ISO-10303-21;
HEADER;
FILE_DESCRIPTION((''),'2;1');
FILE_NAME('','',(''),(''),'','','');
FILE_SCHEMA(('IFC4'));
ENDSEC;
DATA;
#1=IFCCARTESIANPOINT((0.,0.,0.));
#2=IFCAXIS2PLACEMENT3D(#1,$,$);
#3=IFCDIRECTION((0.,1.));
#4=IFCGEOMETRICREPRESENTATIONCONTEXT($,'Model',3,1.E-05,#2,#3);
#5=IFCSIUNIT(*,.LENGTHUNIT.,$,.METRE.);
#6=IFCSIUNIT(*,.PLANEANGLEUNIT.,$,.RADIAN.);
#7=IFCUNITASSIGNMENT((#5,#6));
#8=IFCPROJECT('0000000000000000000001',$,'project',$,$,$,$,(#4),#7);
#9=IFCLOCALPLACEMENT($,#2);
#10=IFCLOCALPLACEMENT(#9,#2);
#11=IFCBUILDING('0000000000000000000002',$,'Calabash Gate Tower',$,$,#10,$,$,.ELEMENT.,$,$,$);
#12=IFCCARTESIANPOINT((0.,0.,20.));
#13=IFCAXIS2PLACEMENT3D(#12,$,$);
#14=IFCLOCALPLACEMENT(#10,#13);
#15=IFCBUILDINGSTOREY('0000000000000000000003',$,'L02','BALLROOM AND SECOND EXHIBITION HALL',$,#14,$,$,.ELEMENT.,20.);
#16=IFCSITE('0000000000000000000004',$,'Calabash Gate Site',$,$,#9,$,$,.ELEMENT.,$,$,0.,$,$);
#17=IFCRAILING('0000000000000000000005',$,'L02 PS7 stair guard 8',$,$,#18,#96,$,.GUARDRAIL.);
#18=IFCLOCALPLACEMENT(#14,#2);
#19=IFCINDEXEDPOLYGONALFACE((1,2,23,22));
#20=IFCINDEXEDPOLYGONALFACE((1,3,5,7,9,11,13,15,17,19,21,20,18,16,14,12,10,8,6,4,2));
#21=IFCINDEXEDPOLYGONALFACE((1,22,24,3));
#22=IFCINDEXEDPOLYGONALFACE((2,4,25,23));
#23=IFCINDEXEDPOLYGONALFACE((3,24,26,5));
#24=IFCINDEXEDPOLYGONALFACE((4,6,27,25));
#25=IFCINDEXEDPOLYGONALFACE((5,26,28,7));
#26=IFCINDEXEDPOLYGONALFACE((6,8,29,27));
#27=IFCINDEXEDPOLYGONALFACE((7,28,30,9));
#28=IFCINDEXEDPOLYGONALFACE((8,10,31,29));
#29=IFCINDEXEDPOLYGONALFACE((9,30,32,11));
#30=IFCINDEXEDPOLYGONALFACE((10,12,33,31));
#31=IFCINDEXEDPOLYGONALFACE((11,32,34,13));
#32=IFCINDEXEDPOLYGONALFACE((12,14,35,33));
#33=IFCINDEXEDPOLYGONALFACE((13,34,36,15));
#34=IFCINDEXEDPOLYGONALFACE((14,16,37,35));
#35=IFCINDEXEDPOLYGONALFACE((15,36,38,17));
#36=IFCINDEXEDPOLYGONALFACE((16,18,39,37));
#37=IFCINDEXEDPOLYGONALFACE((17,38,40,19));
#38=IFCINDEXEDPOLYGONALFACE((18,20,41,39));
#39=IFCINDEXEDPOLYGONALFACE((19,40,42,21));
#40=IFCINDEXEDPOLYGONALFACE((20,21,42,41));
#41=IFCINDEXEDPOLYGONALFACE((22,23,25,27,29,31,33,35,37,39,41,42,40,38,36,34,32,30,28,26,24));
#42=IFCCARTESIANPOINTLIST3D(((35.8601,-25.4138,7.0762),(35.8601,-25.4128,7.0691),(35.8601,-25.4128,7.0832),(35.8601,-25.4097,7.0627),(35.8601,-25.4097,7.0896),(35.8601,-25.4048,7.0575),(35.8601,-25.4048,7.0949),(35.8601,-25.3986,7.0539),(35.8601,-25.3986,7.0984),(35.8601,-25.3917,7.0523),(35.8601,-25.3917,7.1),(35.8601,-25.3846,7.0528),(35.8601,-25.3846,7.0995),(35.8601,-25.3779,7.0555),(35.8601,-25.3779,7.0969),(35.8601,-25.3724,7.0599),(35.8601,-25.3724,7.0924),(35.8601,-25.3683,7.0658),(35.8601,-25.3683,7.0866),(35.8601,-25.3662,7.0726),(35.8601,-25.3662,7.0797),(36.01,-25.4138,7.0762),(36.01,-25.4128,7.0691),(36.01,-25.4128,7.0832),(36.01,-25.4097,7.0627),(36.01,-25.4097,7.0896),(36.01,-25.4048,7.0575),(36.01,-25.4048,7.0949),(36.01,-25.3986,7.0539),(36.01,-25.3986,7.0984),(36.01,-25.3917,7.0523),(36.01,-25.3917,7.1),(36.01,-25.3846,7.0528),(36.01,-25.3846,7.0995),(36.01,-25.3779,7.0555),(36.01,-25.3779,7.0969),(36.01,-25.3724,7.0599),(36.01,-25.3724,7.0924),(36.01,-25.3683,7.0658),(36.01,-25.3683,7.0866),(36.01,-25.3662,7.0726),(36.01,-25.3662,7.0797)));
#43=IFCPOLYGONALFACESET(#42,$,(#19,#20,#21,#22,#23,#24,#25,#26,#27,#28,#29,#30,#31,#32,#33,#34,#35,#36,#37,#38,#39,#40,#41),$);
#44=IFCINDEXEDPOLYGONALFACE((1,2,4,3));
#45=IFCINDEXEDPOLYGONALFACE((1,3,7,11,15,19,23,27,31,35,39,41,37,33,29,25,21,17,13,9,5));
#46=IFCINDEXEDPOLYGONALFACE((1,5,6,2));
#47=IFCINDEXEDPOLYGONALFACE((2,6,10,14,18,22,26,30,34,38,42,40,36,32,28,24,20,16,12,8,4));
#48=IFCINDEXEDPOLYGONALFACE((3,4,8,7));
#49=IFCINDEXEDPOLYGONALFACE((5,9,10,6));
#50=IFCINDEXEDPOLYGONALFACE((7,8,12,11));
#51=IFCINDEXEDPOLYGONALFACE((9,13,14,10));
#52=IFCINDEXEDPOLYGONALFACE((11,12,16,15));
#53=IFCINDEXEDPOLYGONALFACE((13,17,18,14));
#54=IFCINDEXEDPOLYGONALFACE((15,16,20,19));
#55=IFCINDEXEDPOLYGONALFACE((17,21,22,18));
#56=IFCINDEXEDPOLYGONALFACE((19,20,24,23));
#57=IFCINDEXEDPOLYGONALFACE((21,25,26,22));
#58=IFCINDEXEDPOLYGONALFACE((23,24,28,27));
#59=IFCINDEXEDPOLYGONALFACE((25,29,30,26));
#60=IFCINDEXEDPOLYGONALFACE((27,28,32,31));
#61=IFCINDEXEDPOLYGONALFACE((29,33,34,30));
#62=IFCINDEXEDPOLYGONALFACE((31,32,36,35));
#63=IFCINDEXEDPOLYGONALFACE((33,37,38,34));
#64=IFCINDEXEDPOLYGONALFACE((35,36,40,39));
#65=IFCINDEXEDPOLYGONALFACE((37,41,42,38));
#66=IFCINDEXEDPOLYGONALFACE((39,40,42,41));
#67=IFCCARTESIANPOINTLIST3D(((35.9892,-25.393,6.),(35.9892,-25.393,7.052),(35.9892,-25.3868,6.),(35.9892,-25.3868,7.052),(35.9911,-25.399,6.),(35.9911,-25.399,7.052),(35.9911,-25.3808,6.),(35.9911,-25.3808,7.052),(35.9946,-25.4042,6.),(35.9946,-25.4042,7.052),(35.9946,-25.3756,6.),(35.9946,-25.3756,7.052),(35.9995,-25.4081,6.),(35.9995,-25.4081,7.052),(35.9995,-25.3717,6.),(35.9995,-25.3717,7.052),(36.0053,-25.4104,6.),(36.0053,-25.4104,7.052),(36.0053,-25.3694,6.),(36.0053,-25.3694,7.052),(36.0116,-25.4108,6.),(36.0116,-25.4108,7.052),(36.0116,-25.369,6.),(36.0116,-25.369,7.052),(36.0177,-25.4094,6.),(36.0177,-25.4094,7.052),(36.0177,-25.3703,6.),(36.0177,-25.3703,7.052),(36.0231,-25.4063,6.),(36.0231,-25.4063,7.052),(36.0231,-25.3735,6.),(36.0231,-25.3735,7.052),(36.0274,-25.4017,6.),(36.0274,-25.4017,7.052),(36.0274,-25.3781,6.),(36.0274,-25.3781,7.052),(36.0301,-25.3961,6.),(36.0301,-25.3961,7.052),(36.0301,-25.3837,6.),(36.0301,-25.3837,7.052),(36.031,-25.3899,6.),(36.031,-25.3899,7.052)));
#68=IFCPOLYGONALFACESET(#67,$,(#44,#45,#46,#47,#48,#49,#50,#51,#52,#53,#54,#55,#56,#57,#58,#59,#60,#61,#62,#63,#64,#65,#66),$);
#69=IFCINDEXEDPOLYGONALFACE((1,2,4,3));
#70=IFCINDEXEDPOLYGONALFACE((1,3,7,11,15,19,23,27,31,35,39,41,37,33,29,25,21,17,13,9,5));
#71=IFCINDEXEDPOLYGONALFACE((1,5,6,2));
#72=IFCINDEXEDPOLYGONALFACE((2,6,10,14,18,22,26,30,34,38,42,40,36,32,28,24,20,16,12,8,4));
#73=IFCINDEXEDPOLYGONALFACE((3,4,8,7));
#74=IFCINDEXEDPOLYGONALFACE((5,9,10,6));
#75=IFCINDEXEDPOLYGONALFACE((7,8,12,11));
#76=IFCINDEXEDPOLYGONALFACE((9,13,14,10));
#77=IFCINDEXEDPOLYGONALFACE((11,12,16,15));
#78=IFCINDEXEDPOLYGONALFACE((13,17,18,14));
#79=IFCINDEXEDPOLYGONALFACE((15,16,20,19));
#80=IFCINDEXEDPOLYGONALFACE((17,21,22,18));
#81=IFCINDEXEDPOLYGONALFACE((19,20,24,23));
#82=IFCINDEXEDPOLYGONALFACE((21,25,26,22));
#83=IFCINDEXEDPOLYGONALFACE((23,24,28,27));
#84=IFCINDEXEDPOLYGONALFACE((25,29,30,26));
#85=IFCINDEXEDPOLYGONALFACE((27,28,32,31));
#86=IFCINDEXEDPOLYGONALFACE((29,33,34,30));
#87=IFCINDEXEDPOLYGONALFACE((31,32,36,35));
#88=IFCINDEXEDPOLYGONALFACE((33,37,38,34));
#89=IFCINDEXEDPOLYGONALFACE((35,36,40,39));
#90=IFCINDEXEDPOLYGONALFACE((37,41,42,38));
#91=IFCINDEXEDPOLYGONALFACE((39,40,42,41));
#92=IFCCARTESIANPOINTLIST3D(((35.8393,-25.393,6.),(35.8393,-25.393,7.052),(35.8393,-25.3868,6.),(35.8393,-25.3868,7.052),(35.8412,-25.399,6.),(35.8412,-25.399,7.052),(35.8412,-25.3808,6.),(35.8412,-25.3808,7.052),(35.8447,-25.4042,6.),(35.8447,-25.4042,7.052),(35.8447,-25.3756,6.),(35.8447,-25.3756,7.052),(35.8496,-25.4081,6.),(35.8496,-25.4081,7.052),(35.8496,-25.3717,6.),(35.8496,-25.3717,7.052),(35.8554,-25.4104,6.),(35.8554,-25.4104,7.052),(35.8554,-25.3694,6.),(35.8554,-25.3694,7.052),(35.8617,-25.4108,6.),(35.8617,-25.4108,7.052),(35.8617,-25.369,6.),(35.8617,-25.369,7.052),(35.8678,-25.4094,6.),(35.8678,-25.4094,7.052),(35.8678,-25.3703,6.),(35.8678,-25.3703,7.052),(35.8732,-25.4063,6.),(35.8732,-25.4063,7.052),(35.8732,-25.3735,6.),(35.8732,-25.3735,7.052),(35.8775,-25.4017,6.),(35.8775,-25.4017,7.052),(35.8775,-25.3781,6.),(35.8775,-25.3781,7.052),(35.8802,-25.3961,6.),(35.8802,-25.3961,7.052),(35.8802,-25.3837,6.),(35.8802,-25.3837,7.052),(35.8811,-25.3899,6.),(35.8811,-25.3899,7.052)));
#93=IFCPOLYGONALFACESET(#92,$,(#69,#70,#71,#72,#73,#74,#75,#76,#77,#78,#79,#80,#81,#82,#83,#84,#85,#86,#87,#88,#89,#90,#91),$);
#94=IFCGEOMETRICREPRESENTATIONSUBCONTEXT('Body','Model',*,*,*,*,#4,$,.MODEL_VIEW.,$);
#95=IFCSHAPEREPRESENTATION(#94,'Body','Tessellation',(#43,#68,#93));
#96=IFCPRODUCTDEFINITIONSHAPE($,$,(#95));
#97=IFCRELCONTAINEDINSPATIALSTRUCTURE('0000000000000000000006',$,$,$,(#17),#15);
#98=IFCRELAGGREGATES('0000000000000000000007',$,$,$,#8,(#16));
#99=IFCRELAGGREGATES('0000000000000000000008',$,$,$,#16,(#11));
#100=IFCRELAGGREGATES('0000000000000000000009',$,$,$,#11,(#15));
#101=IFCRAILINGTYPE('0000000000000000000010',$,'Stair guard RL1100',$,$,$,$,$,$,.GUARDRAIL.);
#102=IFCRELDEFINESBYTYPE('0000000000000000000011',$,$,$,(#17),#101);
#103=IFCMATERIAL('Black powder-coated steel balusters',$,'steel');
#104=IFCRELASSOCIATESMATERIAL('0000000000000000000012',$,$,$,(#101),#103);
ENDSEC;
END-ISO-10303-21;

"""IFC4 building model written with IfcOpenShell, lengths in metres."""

from ifc_helpers import new_model, si_unit, direction, frame, origin, origin_2d, place, context, subcontext, project, spatial, circle, extrude, material, type_object, element, save


model = new_model("IFC4")

# Units and contexts
model_context = context("Model", 3, precision=1e-05, world=origin(), true_north=direction((0.0, 1.0)))
body_context = subcontext(model_context, "Body", "Model", "MODEL_VIEW")
ifc_project = project(units=[si_unit("LENGTHUNIT", "METRE"), si_unit("PLANEANGLEUNIT", "RADIAN")], contexts=[model_context])

# Site, building, storey
site_placement = place(None, origin())
site = spatial("IfcSite", under=ifc_project, at=site_placement, Name="Calabash Gate Site", CompositionType="ELEMENT", RefElevation=0.0)
building_placement = place(site_placement, origin())
building = spatial("IfcBuilding", under=site, at=building_placement, Name="Calabash Gate Tower", CompositionType="ELEMENT")
storey_placement = place(building_placement, frame((0.0, 0.0, 20.0)))
storey = spatial("IfcBuildingStorey", under=building, at=storey_placement, Name="L02", Description="BALLROOM AND SECOND EXHIBITION HALL", CompositionType="ELEMENT", Elevation=20.0)

# Railing
ifc_material_1 = material(Name="Black powder-coated steel balusters", Category="steel")
railing_type_1 = type_object("IfcRailingType", Name="Stair guard RL1100", PredefinedType="GUARDRAIL", material=ifc_material_1)
railing_1_placement = place(storey_placement, frame((36.01, -25.3899, 6.0)))
element("IfcRailing", 1, at=railing_1_placement, inside=storey, type_object=railing_type_1, Name="L02 PS7 stair guard 8", PredefinedType="GUARDRAIL", context=body_context, shape_type="SweptSolid", body=[
    extrude(circle(Radius=0.0239, at=origin_2d()), frame((0.0, 0.0, 1.0762), z_axis=(-1.0, 0.0, 0.0), x_axis=(0.0, -1.0, 0.0)), (0.0, 0.0, 1.0), 0.1499),
    extrude(circle(Radius=0.021, at=origin_2d()), origin(), (0.0, 0.0, 1.0), 1.052),
    extrude(circle(Radius=0.021, at=origin_2d()), frame((-0.1499, 0.0, 0.0)), (0.0, 0.0, 1.0), 1.052),
])

save(model, "model.ifc")
